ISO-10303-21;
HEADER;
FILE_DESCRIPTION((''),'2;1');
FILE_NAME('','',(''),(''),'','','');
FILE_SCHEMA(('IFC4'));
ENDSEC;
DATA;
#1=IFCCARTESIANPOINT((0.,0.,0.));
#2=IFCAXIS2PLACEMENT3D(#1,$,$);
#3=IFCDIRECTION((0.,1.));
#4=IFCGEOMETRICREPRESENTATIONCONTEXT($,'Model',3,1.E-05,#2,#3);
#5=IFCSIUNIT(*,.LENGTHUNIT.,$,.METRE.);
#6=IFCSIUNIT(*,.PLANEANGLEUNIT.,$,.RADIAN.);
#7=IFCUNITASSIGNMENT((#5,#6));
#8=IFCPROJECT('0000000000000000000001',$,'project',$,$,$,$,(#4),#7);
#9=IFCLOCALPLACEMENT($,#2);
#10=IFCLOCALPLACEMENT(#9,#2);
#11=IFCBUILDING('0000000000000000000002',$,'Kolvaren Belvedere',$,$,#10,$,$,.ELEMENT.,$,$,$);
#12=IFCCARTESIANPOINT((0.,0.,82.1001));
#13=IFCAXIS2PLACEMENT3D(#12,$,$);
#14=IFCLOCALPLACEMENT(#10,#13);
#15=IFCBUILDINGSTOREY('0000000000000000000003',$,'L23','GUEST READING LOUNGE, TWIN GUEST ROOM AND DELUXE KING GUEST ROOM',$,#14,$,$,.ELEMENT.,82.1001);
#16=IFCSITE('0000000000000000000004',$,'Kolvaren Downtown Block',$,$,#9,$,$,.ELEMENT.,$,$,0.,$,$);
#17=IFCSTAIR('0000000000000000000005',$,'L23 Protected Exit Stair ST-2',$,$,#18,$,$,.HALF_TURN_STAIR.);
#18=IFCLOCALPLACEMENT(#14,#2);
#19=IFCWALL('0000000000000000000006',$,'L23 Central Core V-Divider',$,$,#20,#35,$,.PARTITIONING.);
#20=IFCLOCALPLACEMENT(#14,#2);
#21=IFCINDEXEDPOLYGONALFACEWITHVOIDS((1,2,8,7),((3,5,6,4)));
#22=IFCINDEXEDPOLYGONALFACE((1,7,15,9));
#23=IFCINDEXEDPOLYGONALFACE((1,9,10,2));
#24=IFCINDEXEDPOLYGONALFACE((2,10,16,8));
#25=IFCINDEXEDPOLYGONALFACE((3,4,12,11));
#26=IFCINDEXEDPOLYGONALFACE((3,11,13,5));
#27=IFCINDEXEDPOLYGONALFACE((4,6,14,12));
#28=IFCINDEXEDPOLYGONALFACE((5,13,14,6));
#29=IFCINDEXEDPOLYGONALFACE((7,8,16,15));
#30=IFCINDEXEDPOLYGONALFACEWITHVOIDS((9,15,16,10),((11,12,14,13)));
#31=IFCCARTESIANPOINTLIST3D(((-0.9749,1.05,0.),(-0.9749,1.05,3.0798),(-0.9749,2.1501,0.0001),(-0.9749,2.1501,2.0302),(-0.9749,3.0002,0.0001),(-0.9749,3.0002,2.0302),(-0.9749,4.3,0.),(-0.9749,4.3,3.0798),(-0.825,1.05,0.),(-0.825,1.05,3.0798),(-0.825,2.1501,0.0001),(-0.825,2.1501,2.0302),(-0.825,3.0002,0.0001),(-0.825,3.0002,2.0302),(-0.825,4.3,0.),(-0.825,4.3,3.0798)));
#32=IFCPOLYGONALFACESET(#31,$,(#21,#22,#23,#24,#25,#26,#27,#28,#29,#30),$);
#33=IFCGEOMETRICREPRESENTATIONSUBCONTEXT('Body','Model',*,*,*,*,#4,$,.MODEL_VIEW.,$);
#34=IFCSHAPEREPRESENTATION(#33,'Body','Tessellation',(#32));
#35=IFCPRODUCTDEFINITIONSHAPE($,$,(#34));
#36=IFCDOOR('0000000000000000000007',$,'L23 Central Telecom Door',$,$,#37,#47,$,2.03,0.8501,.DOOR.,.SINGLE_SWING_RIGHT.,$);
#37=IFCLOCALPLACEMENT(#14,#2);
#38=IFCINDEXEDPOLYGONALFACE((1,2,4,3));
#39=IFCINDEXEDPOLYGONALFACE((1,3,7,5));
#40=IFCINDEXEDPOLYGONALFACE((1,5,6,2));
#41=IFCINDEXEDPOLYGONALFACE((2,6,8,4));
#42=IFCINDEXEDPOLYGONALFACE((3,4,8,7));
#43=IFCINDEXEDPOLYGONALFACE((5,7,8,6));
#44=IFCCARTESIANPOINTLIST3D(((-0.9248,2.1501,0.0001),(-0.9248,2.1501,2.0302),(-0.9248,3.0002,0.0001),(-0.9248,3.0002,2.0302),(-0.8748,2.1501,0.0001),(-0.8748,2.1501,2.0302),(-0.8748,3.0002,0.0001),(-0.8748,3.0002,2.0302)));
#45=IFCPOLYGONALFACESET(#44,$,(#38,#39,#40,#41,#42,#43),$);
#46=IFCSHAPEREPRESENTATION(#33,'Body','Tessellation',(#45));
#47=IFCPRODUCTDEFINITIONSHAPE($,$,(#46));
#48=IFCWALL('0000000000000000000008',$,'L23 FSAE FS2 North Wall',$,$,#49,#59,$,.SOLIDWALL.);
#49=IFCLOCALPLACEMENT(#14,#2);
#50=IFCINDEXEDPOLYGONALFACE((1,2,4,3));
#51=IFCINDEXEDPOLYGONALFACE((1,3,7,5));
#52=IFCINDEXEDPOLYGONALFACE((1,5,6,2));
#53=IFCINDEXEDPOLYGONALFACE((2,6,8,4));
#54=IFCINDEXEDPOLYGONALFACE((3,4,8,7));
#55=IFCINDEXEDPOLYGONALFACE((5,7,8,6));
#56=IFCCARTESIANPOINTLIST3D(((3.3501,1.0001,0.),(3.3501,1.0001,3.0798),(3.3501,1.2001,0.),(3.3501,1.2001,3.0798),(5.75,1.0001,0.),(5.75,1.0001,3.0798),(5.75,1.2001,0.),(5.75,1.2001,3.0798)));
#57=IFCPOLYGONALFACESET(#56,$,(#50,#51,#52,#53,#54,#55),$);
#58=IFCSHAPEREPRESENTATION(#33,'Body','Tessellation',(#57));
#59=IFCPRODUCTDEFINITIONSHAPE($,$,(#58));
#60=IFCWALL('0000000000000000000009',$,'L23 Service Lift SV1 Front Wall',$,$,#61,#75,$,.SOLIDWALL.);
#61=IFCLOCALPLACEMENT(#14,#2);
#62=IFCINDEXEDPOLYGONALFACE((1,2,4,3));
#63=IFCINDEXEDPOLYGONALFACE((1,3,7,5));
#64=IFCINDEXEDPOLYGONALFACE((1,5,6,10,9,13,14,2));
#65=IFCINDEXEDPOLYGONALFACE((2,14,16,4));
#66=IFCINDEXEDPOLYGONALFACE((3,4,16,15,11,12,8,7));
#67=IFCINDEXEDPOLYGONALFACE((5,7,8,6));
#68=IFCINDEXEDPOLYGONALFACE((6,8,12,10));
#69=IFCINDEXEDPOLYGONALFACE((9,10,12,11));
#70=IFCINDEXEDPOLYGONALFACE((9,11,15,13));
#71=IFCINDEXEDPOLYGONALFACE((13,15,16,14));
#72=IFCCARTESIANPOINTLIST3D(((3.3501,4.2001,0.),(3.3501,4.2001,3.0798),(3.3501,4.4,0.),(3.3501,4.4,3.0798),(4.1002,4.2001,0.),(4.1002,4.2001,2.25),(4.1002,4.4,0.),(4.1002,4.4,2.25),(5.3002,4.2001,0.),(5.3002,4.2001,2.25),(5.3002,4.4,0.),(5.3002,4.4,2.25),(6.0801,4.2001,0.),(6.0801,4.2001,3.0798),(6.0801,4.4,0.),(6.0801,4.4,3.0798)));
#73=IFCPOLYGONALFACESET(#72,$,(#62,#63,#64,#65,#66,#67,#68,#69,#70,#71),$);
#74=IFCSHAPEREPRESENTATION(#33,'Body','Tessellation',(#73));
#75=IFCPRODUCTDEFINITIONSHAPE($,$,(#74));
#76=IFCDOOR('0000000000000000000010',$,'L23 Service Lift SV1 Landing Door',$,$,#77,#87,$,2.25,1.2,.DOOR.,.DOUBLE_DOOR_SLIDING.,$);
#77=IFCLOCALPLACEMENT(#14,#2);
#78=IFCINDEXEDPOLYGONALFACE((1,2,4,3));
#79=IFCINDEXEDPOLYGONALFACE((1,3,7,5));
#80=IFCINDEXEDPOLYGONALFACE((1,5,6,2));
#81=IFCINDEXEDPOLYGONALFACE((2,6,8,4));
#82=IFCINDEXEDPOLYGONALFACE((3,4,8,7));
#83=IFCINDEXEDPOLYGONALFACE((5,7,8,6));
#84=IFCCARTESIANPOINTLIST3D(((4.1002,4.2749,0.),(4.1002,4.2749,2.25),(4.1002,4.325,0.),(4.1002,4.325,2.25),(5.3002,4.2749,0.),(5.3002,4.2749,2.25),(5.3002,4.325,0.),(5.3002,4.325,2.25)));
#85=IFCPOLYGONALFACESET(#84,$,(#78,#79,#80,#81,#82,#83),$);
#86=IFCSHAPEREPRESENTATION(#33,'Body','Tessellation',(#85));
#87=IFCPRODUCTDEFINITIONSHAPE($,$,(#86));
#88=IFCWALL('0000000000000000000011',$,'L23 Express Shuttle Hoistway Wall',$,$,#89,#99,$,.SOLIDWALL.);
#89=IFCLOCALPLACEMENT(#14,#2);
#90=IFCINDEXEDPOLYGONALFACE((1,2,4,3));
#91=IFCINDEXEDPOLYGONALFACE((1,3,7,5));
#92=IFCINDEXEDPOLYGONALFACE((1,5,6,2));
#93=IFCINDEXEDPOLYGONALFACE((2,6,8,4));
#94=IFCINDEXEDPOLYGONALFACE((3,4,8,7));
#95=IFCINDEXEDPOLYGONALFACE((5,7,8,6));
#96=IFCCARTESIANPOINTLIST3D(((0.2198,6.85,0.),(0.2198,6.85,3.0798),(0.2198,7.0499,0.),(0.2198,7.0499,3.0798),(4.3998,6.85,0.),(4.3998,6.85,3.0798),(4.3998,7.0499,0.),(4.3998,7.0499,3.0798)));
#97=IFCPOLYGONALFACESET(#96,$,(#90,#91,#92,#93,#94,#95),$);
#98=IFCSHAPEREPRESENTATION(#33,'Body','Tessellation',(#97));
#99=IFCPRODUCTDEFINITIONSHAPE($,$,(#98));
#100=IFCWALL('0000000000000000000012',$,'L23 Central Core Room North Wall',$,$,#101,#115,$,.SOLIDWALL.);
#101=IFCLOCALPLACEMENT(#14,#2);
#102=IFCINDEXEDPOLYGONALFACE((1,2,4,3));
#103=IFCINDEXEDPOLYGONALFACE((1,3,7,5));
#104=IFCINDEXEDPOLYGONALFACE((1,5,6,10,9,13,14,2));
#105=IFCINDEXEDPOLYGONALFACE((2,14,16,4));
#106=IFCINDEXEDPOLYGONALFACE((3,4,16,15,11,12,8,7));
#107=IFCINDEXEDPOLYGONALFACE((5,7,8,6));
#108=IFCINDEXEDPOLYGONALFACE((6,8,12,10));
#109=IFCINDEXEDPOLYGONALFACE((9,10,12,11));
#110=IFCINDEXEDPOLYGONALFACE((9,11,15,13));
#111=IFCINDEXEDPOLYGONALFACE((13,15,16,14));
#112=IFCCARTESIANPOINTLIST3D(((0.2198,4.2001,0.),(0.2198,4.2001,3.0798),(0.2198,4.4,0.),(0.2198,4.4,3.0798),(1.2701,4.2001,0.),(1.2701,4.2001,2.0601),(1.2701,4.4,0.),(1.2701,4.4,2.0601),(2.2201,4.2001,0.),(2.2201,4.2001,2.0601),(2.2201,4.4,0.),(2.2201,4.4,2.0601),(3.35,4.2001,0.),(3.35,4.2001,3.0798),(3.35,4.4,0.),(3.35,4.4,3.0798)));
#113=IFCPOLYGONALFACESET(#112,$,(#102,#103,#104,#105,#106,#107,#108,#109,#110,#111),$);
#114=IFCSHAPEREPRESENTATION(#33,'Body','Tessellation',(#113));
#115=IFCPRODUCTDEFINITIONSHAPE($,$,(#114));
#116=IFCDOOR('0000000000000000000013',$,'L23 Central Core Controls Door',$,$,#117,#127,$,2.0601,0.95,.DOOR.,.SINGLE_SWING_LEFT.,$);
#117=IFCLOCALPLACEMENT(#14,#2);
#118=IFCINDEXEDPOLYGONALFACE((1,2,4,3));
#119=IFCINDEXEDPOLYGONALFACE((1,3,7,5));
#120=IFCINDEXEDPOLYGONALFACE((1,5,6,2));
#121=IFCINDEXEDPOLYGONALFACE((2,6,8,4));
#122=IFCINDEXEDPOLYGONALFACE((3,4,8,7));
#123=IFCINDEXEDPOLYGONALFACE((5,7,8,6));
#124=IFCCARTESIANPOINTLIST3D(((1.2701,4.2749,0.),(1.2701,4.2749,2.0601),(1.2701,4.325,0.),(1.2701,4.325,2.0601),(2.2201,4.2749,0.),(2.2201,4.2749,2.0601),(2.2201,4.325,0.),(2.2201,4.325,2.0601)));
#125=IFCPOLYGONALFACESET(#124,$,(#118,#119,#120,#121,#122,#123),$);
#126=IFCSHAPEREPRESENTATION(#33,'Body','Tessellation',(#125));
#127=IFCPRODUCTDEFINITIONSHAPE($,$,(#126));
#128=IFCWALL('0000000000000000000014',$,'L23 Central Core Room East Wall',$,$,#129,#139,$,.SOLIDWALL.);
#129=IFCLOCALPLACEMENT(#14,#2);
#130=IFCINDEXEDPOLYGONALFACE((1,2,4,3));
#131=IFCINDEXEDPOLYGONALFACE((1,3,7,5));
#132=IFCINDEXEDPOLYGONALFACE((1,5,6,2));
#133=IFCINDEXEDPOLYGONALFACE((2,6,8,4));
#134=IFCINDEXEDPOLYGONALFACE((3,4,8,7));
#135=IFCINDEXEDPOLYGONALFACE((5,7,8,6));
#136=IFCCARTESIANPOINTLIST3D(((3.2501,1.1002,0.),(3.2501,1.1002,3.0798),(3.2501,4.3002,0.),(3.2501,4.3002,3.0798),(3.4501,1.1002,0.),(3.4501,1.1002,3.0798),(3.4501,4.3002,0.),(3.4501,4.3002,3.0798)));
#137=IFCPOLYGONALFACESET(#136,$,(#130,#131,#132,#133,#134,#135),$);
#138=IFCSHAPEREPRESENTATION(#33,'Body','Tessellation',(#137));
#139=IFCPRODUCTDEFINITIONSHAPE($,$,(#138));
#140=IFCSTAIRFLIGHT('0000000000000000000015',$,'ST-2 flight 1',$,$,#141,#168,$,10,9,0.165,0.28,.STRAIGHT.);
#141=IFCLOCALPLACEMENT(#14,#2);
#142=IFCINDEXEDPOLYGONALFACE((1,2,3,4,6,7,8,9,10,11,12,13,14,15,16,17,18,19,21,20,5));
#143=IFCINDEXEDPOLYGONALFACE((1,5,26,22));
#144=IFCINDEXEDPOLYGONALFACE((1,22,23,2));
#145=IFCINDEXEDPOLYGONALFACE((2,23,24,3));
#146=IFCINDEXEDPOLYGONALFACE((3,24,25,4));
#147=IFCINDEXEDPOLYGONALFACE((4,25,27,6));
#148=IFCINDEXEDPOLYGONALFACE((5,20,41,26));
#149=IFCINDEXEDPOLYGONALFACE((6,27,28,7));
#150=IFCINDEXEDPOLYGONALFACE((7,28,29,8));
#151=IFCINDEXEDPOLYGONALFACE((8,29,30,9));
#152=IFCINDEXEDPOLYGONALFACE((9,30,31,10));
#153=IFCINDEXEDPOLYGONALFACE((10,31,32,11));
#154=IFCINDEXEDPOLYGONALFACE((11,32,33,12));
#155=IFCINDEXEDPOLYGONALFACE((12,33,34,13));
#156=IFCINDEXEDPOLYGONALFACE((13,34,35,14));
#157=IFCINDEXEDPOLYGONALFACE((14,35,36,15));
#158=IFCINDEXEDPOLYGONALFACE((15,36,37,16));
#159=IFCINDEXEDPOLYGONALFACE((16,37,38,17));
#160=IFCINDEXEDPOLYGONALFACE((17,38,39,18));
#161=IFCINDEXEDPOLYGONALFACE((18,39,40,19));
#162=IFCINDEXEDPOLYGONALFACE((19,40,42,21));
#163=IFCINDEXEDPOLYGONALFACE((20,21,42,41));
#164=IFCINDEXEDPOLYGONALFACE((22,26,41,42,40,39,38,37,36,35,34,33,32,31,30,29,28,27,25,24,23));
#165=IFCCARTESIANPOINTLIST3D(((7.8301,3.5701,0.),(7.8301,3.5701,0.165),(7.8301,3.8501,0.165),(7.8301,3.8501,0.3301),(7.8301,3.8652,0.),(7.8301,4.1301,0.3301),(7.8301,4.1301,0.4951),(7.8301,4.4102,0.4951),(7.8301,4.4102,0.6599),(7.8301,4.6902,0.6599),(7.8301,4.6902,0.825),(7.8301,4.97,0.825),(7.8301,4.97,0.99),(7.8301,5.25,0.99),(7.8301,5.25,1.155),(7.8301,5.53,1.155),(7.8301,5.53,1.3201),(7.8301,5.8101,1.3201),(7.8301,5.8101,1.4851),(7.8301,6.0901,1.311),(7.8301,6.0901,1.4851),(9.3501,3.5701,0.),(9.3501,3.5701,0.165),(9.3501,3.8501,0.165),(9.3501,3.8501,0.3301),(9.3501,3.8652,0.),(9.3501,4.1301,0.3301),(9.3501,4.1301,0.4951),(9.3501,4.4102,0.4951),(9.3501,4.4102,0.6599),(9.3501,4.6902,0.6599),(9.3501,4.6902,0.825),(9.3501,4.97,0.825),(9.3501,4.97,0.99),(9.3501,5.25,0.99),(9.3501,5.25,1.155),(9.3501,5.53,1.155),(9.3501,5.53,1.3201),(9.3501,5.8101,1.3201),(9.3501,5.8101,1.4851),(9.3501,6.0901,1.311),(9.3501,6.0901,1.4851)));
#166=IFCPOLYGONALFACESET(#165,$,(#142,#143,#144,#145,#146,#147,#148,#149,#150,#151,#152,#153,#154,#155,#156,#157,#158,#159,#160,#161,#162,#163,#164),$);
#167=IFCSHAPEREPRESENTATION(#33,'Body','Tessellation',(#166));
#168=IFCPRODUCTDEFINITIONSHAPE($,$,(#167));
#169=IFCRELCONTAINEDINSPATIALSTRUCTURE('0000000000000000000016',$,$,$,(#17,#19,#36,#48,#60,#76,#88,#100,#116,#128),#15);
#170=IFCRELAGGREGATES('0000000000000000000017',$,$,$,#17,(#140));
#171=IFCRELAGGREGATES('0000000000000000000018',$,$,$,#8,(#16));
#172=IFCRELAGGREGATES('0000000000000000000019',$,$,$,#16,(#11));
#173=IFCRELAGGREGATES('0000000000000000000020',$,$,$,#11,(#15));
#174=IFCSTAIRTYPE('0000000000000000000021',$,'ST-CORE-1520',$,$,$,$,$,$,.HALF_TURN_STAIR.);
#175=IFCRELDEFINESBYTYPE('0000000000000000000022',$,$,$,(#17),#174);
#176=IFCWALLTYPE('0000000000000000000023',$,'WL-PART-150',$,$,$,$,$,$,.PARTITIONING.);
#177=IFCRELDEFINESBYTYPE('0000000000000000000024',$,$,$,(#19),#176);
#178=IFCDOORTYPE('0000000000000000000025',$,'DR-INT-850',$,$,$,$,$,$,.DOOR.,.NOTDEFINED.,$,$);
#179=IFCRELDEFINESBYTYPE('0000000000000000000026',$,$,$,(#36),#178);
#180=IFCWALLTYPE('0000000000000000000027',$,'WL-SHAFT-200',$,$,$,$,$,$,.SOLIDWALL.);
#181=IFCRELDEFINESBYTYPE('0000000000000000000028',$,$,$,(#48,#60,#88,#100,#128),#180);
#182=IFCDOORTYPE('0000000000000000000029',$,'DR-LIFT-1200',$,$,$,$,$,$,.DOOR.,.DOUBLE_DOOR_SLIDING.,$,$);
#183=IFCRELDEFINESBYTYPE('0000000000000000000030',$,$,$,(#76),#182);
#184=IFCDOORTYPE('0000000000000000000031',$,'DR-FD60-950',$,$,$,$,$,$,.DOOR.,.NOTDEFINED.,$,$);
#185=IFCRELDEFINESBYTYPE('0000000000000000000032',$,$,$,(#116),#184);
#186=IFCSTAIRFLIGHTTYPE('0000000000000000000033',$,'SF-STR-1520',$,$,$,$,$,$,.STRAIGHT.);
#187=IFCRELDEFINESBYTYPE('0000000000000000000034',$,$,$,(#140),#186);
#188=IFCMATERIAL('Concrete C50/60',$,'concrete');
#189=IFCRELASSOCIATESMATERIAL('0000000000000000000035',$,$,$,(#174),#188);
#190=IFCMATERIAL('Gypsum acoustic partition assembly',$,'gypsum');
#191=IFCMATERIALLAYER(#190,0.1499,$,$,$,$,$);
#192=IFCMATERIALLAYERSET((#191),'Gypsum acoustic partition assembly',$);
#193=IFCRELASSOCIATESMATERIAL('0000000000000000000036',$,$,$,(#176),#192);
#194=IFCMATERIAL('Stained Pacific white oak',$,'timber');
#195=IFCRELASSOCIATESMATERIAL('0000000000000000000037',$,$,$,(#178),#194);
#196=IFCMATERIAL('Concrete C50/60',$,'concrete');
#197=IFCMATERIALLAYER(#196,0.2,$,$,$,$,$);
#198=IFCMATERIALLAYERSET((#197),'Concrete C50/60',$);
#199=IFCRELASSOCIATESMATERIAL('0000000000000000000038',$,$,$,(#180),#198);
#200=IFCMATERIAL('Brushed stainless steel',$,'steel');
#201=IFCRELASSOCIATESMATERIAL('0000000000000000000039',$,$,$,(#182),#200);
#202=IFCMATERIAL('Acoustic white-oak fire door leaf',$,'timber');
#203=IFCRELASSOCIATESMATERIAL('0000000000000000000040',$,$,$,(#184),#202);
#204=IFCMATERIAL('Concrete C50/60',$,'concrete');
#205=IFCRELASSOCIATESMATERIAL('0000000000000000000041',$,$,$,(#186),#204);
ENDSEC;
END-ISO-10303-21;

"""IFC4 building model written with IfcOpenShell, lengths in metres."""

from ifc_helpers import new_model, si_unit, direction, frame, frame_2d, origin, place, context, subcontext, project, spatial, polyline, rectangle, outline, extrude, material, layer, layer_set, type_object, element, fill, aggregate, save


model = new_model("IFC4")

# Units and contexts
model_context = context("Model", 3, precision=1e-05, world=origin(), true_north=direction((0.0, 1.0)))
body_context = subcontext(model_context, "Body", "Model", "MODEL_VIEW")
ifc_project = project(units=[si_unit("LENGTHUNIT", "METRE"), si_unit("PLANEANGLEUNIT", "RADIAN")], contexts=[model_context])

# Site, building, storey
site_placement = place(None, origin())
site = spatial("IfcSite", under=ifc_project, at=site_placement, Name="Kolvaren Downtown Block", CompositionType="ELEMENT", RefElevation=0.0)
building_placement = place(site_placement, origin())
building = spatial("IfcBuilding", under=site, at=building_placement, Name="Kolvaren Belvedere", CompositionType="ELEMENT")
storey_placement = place(building_placement, frame((0.0, 0.0, 82.1001)))
storey = spatial("IfcBuildingStorey", under=building, at=storey_placement, Name="L23", Description="GUEST READING LOUNGE, TWIN GUEST ROOM AND DELUXE KING GUEST ROOM", CompositionType="ELEMENT", Elevation=82.1001)

# Stair
ifc_material_1 = material(Name="Concrete C50/60", Category="concrete")
stair_type = type_object("IfcStairType", Name="ST-CORE-1520", PredefinedType="HALF_TURN_STAIR", material=ifc_material_1)
stair_1_placement = place(storey_placement, origin())
stair_1 = element("IfcStair", 1, at=stair_1_placement, inside=storey, type_object=stair_type, Name="L23 Protected Exit Stair ST-2", PredefinedType="HALF_TURN_STAIR")

# Wall, opening, door
ifc_material_2 = material(Name="Gypsum acoustic partition assembly", Category="gypsum")
ifc_layer_1 = layer(ifc_material_2, 0.1499)
ifc_layer_set_1 = layer_set([ifc_layer_1], Name="Gypsum acoustic partition assembly")
wall_type_1 = type_object("IfcWallType", Name="WL-PART-150", PredefinedType="PARTITIONING", material=ifc_layer_set_1)
wall_1_placement = place(storey_placement, frame((-0.8999, 1.05, 0.0), z_axis=(0.0, 0.0, 1.0), x_axis=(0.0, 1.0, 0.0)))
wall_1 = element("IfcWall", 2, at=wall_1_placement, inside=storey, type_object=wall_type_1, Name="L23 Central Core V-Divider", PredefinedType="PARTITIONING", context=body_context, shape_type="SweptSolid", body=[
    extrude(rectangle(XDim=3.25, YDim=0.1499, at=frame_2d((1.625, 0.0))), origin(), (0.0, 0.0, 1.0), 3.0798),
])
opening_1_placement = place(wall_1_placement, frame((1.1001, 0.0, 0.0)))
opening_1 = element("IfcOpeningElement", 3, at=opening_1_placement, cuts=wall_1, PredefinedType="OPENING", context=body_context, shape_type="SweptSolid", body=[
    extrude(rectangle(XDim=0.8501, YDim=2.03, at=frame_2d((0.425, 1.0151))), frame((0.0, 0.085, 0.0), z_axis=(0.0, -1.0, 0.0), x_axis=(1.0, 0.0, 0.0)), (0.0, 0.0, 1.0), 0.1699),
])
ifc_material_3 = material(Name="Stained Pacific white oak", Category="timber")
door_type_1 = type_object("IfcDoorType", Name="DR-INT-850", OperationType="NOTDEFINED", PredefinedType="DOOR", material=ifc_material_3)
door_1_placement = place(opening_1_placement, origin())
door_1 = element("IfcDoor", 4, at=door_1_placement, inside=storey, type_object=door_type_1, Name="L23 Central Telecom Door", OperationType="SINGLE_SWING_RIGHT", OverallHeight=2.03, OverallWidth=0.8501, PredefinedType="DOOR", context=body_context, shape_type="SweptSolid", body=[
    extrude(rectangle(XDim=0.8501, YDim=2.03, at=frame_2d((0.425, 1.0151))), frame((0.0, 0.0249, 0.0), z_axis=(0.0, -1.0, 0.0), x_axis=(1.0, 0.0, 0.0)), (0.0, 0.0, 1.0), 0.05),
])
fill(opening_1, door_1)

# Wall
ifc_material_4 = material(Name="Concrete C50/60", Category="concrete")
ifc_layer_2 = layer(ifc_material_4, 0.2)
ifc_layer_set_2 = layer_set([ifc_layer_2], Name="Concrete C50/60")
wall_type_2 = type_object("IfcWallType", Name="WL-SHAFT-200", PredefinedType="SOLIDWALL", material=ifc_layer_set_2)
wall_2_placement = place(storey_placement, frame((3.3501, 1.1001, 0.0), z_axis=(0.0, 0.0, 1.0), x_axis=(1.0, 0.0, 0.0)))
element("IfcWall", 5, at=wall_2_placement, inside=storey, type_object=wall_type_2, Name="L23 FSAE FS2 North Wall", PredefinedType="SOLIDWALL", context=body_context, shape_type="SweptSolid", body=[
    extrude(rectangle(XDim=2.3999, YDim=0.2, at=frame_2d((1.2, 0.0))), origin(), (0.0, 0.0, 1.0), 3.0798),
])

# Wall, opening, door
wall_3_placement = place(storey_placement, frame((3.3501, 4.3, 0.0), z_axis=(0.0, 0.0, 1.0), x_axis=(1.0, 0.0, 0.0)))
wall_3 = element("IfcWall", 6, at=wall_3_placement, inside=storey, type_object=wall_type_2, Name="L23 Service Lift SV1 Front Wall", PredefinedType="SOLIDWALL", context=body_context, shape_type="SweptSolid", body=[
    extrude(rectangle(XDim=2.73, YDim=0.2, at=frame_2d((1.365, 0.0))), origin(), (0.0, 0.0, 1.0), 3.0798),
])
opening_2_placement = place(wall_3_placement, frame((0.75, 0.0, 0.0)))
opening_2 = element("IfcOpeningElement", 7, at=opening_2_placement, cuts=wall_3, PredefinedType="OPENING", context=body_context, shape_type="SweptSolid", body=[
    extrude(rectangle(XDim=1.2, YDim=2.25, at=frame_2d((0.6001, 1.125))), frame((0.0, 0.1099, 0.0), z_axis=(0.0, -1.0, 0.0), x_axis=(1.0, 0.0, 0.0)), (0.0, 0.0, 1.0), 0.22),
])
ifc_material_5 = material(Name="Brushed stainless steel", Category="steel")
door_type_2 = type_object("IfcDoorType", Name="DR-LIFT-1200", OperationType="DOUBLE_DOOR_SLIDING", PredefinedType="DOOR", material=ifc_material_5)
door_2_placement = place(opening_2_placement, origin())
door_2 = element("IfcDoor", 8, at=door_2_placement, inside=storey, type_object=door_type_2, Name="L23 Service Lift SV1 Landing Door", OperationType="DOUBLE_DOOR_SLIDING", OverallHeight=2.25, OverallWidth=1.2, PredefinedType="DOOR", context=body_context, shape_type="SweptSolid", body=[
    extrude(rectangle(XDim=1.2, YDim=2.25, at=frame_2d((0.6001, 1.125))), frame((0.0, 0.0249, 0.0), z_axis=(0.0, -1.0, 0.0), x_axis=(1.0, 0.0, 0.0)), (0.0, 0.0, 1.0), 0.05),
])
fill(opening_2, door_2)

# Wall
wall_4_placement = place(storey_placement, frame((0.22, 6.95, 0.0), z_axis=(0.0, 0.0, 1.0), x_axis=(1.0, 0.0, 0.0)))
element("IfcWall", 9, at=wall_4_placement, inside=storey, type_object=wall_type_2, Name="L23 Express Shuttle Hoistway Wall", PredefinedType="SOLIDWALL", context=body_context, shape_type="SweptSolid", body=[
    extrude(rectangle(XDim=4.1799, YDim=0.2, at=frame_2d((2.0898, 0.0))), origin(), (0.0, 0.0, 1.0), 3.0798),
])

# Wall, opening, door
wall_5_placement = place(storey_placement, frame((0.22, 4.3, 0.0), z_axis=(0.0, 0.0, 1.0), x_axis=(1.0, 0.0, 0.0)))
wall_5 = element("IfcWall", 10, at=wall_5_placement, inside=storey, type_object=wall_type_2, Name="L23 Central Core Room North Wall", PredefinedType="SOLIDWALL", context=body_context, shape_type="SweptSolid", body=[
    extrude(rectangle(XDim=3.1301, YDim=0.2, at=frame_2d((1.5649, 0.0))), origin(), (0.0, 0.0, 1.0), 3.0798),
])
opening_3_placement = place(wall_5_placement, frame((1.05, 0.0, 0.0)))
opening_3 = element("IfcOpeningElement", 11, at=opening_3_placement, cuts=wall_5, PredefinedType="OPENING", context=body_context, shape_type="SweptSolid", body=[
    extrude(rectangle(XDim=0.95, YDim=2.0601, at=frame_2d((0.4751, 1.03))), frame((0.0, 0.1099, 0.0), z_axis=(0.0, -1.0, 0.0), x_axis=(1.0, 0.0, 0.0)), (0.0, 0.0, 1.0), 0.22),
])
ifc_material_6 = material(Name="Acoustic white-oak fire door leaf", Category="timber")
door_type_3 = type_object("IfcDoorType", Name="DR-FD60-950", OperationType="NOTDEFINED", PredefinedType="DOOR", material=ifc_material_6)
door_3_placement = place(opening_3_placement, origin())
door_3 = element("IfcDoor", 12, at=door_3_placement, inside=storey, type_object=door_type_3, Name="L23 Central Core Controls Door", OperationType="SINGLE_SWING_LEFT", OverallHeight=2.0601, OverallWidth=0.95, PredefinedType="DOOR", context=body_context, shape_type="SweptSolid", body=[
    extrude(rectangle(XDim=0.95, YDim=2.0601, at=frame_2d((0.4751, 1.03))), frame((0.0, 0.0249, 0.0), z_axis=(0.0, -1.0, 0.0), x_axis=(1.0, 0.0, 0.0)), (0.0, 0.0, 1.0), 0.05),
])
fill(opening_3, door_3)

# Wall
wall_6_placement = place(storey_placement, frame((3.3501, 1.1001, 0.0), z_axis=(0.0, 0.0, 1.0), x_axis=(0.0, 1.0, 0.0)))
element("IfcWall", 13, at=wall_6_placement, inside=storey, type_object=wall_type_2, Name="L23 Central Core Room East Wall", PredefinedType="SOLIDWALL", context=body_context, shape_type="SweptSolid", body=[
    extrude(rectangle(XDim=3.2, YDim=0.2, at=frame_2d((1.6001, 0.0))), origin(), (0.0, 0.0, 1.0), 3.0798),
])

# Stair flight
ifc_material_7 = material(Name="Concrete C50/60", Category="concrete")
stair_flight_type = type_object("IfcStairFlightType", Name="SF-STR-1520", PredefinedType="STRAIGHT", material=ifc_material_7)
stair_flight_1_placement = place(storey_placement, frame((8.5901, 3.5701, 0.0), z_axis=(0.0, 0.0, 1.0), x_axis=(0.0, 1.0, 0.0)))
stair_flight_1 = element("IfcStairFlight", 14, at=stair_flight_1_placement, type_object=stair_flight_type, Name="ST-2 flight 1", NumberOfRisers=10, NumberOfTreads=9, PredefinedType="STRAIGHT", RiserHeight=0.165, TreadLength=0.28, context=body_context, shape_type="SweptSolid", body=[
    extrude(outline(polyline([(0.0, 0.0), (0.0, 0.165), (0.28, 0.165), (0.28, 0.3301), (0.5601, 0.3301), (0.5601, 0.4951), (0.8401, 0.4951), (0.8401, 0.6599), (1.1201, 0.6599), (1.1201, 0.825), (1.3999, 0.825), (1.3999, 0.99), (1.6799, 0.99), (1.6799, 1.155), (1.96, 1.155), (1.96, 1.3201), (2.24, 1.3201), (2.24, 1.4851), (2.52, 1.4851), (2.52, 1.6499), (2.52, 1.311), (0.2952, 0.0), (0.0, 0.0)])), frame((0.0, 0.76, 0.0), z_axis=(0.0, -1.0, 0.0), x_axis=(1.0, 0.0, 0.0)), (0.0, 0.0, 1.0), 1.52),
])
aggregate(stair_1, [stair_flight_1])

save(model, "model.ifc")
